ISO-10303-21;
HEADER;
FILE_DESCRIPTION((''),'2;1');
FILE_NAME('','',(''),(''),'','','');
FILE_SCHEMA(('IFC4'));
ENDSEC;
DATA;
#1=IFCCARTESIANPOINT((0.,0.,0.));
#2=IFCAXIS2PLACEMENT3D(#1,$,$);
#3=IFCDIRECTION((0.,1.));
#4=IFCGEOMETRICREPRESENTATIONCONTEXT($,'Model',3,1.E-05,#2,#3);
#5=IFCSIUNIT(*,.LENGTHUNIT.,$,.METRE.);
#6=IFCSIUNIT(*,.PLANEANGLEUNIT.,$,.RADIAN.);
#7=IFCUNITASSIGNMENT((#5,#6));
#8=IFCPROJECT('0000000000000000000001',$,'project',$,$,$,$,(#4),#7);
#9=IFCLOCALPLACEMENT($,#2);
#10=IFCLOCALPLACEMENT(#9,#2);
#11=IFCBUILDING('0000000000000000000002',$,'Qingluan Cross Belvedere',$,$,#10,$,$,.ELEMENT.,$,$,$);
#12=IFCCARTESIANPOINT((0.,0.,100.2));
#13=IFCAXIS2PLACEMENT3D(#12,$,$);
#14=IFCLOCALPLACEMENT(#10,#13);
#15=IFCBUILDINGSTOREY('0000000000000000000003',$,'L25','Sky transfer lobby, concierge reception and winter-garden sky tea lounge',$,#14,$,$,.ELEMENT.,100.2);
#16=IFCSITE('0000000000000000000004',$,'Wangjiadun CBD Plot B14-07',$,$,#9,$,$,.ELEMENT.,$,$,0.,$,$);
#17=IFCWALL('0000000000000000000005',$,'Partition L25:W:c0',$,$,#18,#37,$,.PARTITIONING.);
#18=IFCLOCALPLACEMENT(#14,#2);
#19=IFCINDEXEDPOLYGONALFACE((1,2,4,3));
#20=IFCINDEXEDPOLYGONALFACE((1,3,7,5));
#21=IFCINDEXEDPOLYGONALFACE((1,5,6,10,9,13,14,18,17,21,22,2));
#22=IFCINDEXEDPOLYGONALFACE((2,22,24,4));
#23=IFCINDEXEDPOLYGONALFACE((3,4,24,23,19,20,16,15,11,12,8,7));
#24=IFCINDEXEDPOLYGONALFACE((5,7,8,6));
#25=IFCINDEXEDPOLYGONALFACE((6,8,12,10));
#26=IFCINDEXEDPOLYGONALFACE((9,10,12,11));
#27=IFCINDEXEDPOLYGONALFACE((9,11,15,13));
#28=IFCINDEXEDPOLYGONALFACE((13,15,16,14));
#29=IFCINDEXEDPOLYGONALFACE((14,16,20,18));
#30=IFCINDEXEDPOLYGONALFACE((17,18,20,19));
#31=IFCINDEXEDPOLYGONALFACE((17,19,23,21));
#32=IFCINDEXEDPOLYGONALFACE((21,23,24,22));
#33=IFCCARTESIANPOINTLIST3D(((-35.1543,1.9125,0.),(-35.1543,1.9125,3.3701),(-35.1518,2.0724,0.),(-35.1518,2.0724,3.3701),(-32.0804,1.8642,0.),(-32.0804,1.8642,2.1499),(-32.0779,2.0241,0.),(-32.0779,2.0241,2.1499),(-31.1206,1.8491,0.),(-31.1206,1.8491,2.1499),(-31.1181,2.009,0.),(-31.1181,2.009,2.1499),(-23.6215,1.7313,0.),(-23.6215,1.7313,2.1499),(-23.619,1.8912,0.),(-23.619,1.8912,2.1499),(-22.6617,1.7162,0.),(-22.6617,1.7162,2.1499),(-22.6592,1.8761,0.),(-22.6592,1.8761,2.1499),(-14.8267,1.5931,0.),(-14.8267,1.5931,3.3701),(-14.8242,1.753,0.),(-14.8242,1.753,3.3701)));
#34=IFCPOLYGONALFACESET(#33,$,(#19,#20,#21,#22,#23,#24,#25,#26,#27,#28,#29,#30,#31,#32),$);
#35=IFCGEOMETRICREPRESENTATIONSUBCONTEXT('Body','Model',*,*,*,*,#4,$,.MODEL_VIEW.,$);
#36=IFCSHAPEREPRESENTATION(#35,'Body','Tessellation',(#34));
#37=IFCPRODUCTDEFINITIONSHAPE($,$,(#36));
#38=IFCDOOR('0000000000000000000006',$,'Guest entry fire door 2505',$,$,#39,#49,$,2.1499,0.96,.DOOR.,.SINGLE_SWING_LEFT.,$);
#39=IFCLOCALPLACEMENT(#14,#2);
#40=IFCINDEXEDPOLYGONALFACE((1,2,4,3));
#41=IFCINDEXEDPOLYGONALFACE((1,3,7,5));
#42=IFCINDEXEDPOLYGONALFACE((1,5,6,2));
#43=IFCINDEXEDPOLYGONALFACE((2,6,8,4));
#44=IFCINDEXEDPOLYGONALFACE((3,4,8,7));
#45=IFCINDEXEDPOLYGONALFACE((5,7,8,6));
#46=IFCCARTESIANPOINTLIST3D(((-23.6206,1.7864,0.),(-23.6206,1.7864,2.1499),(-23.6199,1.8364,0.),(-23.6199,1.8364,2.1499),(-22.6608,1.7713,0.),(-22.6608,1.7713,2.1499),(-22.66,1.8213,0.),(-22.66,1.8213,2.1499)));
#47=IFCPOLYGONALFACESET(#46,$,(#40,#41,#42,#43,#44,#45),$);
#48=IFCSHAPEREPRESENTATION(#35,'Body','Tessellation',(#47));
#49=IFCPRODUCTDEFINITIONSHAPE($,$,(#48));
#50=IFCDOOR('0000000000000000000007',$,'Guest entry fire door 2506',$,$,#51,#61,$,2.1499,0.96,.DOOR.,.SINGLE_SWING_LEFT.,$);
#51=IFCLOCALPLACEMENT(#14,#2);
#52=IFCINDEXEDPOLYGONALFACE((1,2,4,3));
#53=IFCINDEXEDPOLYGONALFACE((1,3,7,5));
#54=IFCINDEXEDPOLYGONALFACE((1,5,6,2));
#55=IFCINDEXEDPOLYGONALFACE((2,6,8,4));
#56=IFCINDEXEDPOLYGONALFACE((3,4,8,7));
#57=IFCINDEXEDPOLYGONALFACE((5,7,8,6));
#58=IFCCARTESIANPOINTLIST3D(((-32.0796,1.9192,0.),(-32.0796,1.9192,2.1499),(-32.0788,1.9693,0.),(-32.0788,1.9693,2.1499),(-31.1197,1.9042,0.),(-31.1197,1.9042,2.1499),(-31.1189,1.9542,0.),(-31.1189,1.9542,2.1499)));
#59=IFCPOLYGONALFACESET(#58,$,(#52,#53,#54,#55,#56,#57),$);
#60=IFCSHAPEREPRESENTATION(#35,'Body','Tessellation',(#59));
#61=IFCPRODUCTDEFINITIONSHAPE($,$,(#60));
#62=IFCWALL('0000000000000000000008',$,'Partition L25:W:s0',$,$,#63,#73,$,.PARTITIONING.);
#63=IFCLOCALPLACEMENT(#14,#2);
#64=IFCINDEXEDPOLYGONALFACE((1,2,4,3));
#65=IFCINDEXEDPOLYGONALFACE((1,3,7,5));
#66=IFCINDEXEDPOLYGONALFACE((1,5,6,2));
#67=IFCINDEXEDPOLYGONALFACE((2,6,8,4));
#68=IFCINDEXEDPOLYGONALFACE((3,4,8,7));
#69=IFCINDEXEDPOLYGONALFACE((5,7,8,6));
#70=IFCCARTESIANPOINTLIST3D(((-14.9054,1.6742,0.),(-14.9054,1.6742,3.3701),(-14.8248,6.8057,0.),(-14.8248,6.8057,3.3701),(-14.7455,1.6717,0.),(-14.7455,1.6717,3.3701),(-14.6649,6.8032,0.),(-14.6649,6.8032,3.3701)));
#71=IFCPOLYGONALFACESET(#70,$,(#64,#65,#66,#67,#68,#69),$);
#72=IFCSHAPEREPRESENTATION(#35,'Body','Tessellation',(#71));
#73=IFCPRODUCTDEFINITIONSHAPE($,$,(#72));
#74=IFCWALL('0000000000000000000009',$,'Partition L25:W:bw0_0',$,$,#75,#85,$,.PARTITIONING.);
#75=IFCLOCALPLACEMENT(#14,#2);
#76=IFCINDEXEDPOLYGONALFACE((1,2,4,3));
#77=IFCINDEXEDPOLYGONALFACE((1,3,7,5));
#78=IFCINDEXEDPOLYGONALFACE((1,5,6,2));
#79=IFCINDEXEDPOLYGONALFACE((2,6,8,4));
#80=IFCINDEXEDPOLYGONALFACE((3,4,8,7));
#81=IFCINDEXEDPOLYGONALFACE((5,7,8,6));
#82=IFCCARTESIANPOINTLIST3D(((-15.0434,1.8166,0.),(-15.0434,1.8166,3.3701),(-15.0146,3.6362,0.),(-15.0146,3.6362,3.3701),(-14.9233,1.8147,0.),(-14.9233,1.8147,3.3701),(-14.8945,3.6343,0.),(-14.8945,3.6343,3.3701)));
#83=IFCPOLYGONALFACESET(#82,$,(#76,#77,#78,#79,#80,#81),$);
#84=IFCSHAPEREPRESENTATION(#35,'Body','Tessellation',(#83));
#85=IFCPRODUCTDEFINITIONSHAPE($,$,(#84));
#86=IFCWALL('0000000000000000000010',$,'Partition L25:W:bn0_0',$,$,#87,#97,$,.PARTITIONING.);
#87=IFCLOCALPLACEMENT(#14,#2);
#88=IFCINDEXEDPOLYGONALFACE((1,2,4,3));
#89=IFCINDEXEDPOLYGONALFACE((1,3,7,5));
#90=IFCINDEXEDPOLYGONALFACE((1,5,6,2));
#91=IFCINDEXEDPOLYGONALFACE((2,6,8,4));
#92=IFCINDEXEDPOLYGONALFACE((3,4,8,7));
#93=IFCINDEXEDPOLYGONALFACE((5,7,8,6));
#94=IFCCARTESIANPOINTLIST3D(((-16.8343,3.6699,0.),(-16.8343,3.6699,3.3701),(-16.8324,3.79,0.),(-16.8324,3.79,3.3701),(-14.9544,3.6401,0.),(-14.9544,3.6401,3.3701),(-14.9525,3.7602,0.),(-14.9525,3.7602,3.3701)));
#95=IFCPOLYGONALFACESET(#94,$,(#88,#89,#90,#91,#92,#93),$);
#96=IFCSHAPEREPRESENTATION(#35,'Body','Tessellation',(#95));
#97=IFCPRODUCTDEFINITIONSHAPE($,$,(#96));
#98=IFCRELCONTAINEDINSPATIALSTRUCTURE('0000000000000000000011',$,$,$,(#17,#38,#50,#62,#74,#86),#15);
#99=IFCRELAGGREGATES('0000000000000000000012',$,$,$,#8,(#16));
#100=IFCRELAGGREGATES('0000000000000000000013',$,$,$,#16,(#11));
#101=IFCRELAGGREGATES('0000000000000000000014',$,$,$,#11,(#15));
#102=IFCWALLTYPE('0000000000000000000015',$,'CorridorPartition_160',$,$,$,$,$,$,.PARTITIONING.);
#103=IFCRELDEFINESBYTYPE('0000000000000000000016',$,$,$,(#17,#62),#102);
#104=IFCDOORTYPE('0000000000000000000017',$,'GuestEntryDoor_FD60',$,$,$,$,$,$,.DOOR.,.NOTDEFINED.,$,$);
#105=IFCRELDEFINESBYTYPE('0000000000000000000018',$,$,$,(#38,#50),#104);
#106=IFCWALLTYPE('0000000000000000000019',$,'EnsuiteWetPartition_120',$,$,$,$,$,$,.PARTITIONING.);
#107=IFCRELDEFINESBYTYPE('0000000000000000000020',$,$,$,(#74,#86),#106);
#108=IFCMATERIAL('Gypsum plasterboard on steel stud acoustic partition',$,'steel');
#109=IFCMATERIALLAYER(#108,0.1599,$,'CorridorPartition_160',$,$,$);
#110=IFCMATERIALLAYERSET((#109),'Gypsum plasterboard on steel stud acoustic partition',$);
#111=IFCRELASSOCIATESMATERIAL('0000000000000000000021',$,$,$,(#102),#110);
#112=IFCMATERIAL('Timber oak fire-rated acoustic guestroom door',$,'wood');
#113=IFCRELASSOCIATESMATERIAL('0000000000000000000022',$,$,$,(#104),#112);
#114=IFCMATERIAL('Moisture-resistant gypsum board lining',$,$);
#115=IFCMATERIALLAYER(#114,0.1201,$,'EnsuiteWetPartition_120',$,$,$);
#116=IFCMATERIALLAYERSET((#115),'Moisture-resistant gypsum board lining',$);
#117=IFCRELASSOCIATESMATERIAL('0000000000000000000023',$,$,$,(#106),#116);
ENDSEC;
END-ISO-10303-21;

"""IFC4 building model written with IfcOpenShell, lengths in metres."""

from ifc_helpers import new_model, si_unit, direction, frame, frame_2d, origin, place, context, subcontext, project, spatial, rectangle, extrude, material, layer, layer_set, type_object, element, fill, save


model = new_model("IFC4")

# Units and contexts
model_context = context("Model", 3, precision=1e-05, world=origin(), true_north=direction((0.0, 1.0)))
body_context = subcontext(model_context, "Body", "Model", "MODEL_VIEW")
ifc_project = project(units=[si_unit("LENGTHUNIT", "METRE"), si_unit("PLANEANGLEUNIT", "RADIAN")], contexts=[model_context])

# Site, building, storey
site_placement = place(None, origin())
site = spatial("IfcSite", under=ifc_project, at=site_placement, Name="Wangjiadun CBD Plot B14-07", CompositionType="ELEMENT", RefElevation=0.0)
building_placement = place(site_placement, origin())
building = spatial("IfcBuilding", under=site, at=building_placement, Name="Qingluan Cross Belvedere", CompositionType="ELEMENT")
storey_placement = place(building_placement, frame((0.0, 0.0, 100.2)))
storey = spatial("IfcBuildingStorey", under=building, at=storey_placement, Name="L25", Description="Sky transfer lobby, concierge reception and winter-garden sky tea lounge", CompositionType="ELEMENT", Elevation=100.2)

# Shared definitions
ifc_material_1 = material(Name="Gypsum plasterboard on steel stud acoustic partition", Category="steel")
ifc_layer_1 = layer(ifc_material_1, 0.1599, Name="CorridorPartition_160")
ifc_layer_set_1 = layer_set([ifc_layer_1], Name="Gypsum plasterboard on steel stud acoustic partition")
wall_type_1 = type_object("IfcWallType", Name="CorridorPartition_160", PredefinedType="PARTITIONING", material=ifc_layer_set_1)

# Wall, openings, doors
wall_1_placement = place(storey_placement, frame((-14.8254, 1.6731, 0.0), z_axis=(0.0, 0.0, 1.0), x_axis=(-0.999877, 0.015708, 0.0)))
wall_1 = element("IfcWall", 1, at=wall_1_placement, inside=storey, type_object=wall_type_1, Name="Partition L25:W:c0", PredefinedType="PARTITIONING", context=body_context, shape_type="SweptSolid", body=[
    extrude(rectangle(XDim=20.3301, YDim=0.1599, at=frame_2d((10.165, 0.0))), origin(), (0.0, 0.0, 1.0), 3.3701),
])
opening_1_placement = place(wall_1_placement, frame((7.8359, 0.0, 0.0)))
opening_1 = element("IfcOpeningElement", 2, at=opening_1_placement, cuts=wall_1, PredefinedType="OPENING", context=body_context, shape_type="SweptSolid", body=[
    extrude(rectangle(XDim=0.96, YDim=2.1499, at=frame_2d((0.48, 1.075))), frame((0.0, 0.0898, 0.0), z_axis=(0.0, -1.0, 0.0), x_axis=(1.0, 0.0, 0.0)), (0.0, 0.0, 1.0), 0.1799),
])
opening_2_placement = place(wall_1_placement, frame((16.2959, 0.0, 0.0)))
opening_2 = element("IfcOpeningElement", 3, at=opening_2_placement, cuts=wall_1, PredefinedType="OPENING", context=body_context, shape_type="SweptSolid", body=[
    extrude(rectangle(XDim=0.96, YDim=2.1499, at=frame_2d((0.48, 1.075))), frame((0.0, 0.0898, 0.0), z_axis=(0.0, -1.0, 0.0), x_axis=(1.0, 0.0, 0.0)), (0.0, 0.0, 1.0), 0.1799),
])
ifc_material_2 = material(Name="Timber oak fire-rated acoustic guestroom door", Category="wood")
door_type_1 = type_object("IfcDoorType", Name="GuestEntryDoor_FD60", OperationType="NOTDEFINED", PredefinedType="DOOR", material=ifc_material_2)
door_1_placement = place(opening_1_placement, origin())
door_1 = element("IfcDoor", 4, at=door_1_placement, inside=storey, type_object=door_type_1, Name="Guest entry fire door 2505", OperationType="SINGLE_SWING_LEFT", OverallHeight=2.1499, OverallWidth=0.96, PredefinedType="DOOR", context=body_context, shape_type="SweptSolid", body=[
    extrude(rectangle(XDim=0.96, YDim=2.1499, at=frame_2d((0.48, 1.075))), frame((0.0, 0.0249, 0.0), z_axis=(0.0, -1.0, 0.0), x_axis=(1.0, 0.0, 0.0)), (0.0, 0.0, 1.0), 0.05),
])
fill(opening_1, door_1)
door_2_placement = place(opening_2_placement, origin())
door_2 = element("IfcDoor", 5, at=door_2_placement, inside=storey, type_object=door_type_1, Name="Guest entry fire door 2506", OperationType="SINGLE_SWING_LEFT", OverallHeight=2.1499, OverallWidth=0.96, PredefinedType="DOOR", context=body_context, shape_type="SweptSolid", body=[
    extrude(rectangle(XDim=0.96, YDim=2.1499, at=frame_2d((0.48, 1.075))), frame((0.0, 0.0249, 0.0), z_axis=(0.0, -1.0, 0.0), x_axis=(1.0, 0.0, 0.0)), (0.0, 0.0, 1.0), 0.05),
])
fill(opening_2, door_2)

# Walls
wall_2_placement = place(storey_placement, frame((-14.8254, 1.6731, 0.0), z_axis=(0.0, 0.0, 1.0), x_axis=(0.015699, 0.999877, 0.0)))
element("IfcWall", 6, at=wall_2_placement, inside=storey, type_object=wall_type_1, Name="Partition L25:W:s0", PredefinedType="PARTITIONING", context=body_context, shape_type="SweptSolid", body=[
    extrude(rectangle(XDim=5.1321, YDim=0.1599, at=frame_2d((2.5659, 0.0))), origin(), (0.0, 0.0, 1.0), 3.3701),
])
ifc_material_3 = material(Name="Moisture-resistant gypsum board lining")
ifc_layer_2 = layer(ifc_material_3, 0.1201, Name="EnsuiteWetPartition_120")
ifc_layer_set_2 = layer_set([ifc_layer_2], Name="Moisture-resistant gypsum board lining")
wall_type_2 = type_object("IfcWallType", Name="EnsuiteWetPartition_120", PredefinedType="PARTITIONING", material=ifc_layer_set_2)
wall_3_placement = place(storey_placement, frame((-14.9834, 1.8157, 0.0), z_axis=(0.0, 0.0, 1.0), x_axis=(0.015831, 0.999875, 0.0)))
element("IfcWall", 7, at=wall_3_placement, inside=storey, type_object=wall_type_2, Name="Partition L25:W:bw0_0", PredefinedType="PARTITIONING", context=body_context, shape_type="SweptSolid", body=[
    extrude(rectangle(XDim=1.8198, YDim=0.1201, at=frame_2d((0.9099, 0.0))), origin(), (0.0, 0.0, 1.0), 3.3701),
])
wall_4_placement = place(storey_placement, frame((-14.9536, 3.7002, 0.0), z_axis=(0.0, 0.0, 1.0), x_axis=(-0.999875, 0.015842, 0.0)))
element("IfcWall", 8, at=wall_4_placement, inside=storey, type_object=wall_type_2, Name="Partition L25:W:bn0_0", PredefinedType="PARTITIONING", context=body_context, shape_type="SweptSolid", body=[
    extrude(rectangle(XDim=1.8801, YDim=0.1201, at=frame_2d((0.9399, 0.0))), origin(), (0.0, 0.0, 1.0), 3.3701),
])

save(model, "model.ifc")
